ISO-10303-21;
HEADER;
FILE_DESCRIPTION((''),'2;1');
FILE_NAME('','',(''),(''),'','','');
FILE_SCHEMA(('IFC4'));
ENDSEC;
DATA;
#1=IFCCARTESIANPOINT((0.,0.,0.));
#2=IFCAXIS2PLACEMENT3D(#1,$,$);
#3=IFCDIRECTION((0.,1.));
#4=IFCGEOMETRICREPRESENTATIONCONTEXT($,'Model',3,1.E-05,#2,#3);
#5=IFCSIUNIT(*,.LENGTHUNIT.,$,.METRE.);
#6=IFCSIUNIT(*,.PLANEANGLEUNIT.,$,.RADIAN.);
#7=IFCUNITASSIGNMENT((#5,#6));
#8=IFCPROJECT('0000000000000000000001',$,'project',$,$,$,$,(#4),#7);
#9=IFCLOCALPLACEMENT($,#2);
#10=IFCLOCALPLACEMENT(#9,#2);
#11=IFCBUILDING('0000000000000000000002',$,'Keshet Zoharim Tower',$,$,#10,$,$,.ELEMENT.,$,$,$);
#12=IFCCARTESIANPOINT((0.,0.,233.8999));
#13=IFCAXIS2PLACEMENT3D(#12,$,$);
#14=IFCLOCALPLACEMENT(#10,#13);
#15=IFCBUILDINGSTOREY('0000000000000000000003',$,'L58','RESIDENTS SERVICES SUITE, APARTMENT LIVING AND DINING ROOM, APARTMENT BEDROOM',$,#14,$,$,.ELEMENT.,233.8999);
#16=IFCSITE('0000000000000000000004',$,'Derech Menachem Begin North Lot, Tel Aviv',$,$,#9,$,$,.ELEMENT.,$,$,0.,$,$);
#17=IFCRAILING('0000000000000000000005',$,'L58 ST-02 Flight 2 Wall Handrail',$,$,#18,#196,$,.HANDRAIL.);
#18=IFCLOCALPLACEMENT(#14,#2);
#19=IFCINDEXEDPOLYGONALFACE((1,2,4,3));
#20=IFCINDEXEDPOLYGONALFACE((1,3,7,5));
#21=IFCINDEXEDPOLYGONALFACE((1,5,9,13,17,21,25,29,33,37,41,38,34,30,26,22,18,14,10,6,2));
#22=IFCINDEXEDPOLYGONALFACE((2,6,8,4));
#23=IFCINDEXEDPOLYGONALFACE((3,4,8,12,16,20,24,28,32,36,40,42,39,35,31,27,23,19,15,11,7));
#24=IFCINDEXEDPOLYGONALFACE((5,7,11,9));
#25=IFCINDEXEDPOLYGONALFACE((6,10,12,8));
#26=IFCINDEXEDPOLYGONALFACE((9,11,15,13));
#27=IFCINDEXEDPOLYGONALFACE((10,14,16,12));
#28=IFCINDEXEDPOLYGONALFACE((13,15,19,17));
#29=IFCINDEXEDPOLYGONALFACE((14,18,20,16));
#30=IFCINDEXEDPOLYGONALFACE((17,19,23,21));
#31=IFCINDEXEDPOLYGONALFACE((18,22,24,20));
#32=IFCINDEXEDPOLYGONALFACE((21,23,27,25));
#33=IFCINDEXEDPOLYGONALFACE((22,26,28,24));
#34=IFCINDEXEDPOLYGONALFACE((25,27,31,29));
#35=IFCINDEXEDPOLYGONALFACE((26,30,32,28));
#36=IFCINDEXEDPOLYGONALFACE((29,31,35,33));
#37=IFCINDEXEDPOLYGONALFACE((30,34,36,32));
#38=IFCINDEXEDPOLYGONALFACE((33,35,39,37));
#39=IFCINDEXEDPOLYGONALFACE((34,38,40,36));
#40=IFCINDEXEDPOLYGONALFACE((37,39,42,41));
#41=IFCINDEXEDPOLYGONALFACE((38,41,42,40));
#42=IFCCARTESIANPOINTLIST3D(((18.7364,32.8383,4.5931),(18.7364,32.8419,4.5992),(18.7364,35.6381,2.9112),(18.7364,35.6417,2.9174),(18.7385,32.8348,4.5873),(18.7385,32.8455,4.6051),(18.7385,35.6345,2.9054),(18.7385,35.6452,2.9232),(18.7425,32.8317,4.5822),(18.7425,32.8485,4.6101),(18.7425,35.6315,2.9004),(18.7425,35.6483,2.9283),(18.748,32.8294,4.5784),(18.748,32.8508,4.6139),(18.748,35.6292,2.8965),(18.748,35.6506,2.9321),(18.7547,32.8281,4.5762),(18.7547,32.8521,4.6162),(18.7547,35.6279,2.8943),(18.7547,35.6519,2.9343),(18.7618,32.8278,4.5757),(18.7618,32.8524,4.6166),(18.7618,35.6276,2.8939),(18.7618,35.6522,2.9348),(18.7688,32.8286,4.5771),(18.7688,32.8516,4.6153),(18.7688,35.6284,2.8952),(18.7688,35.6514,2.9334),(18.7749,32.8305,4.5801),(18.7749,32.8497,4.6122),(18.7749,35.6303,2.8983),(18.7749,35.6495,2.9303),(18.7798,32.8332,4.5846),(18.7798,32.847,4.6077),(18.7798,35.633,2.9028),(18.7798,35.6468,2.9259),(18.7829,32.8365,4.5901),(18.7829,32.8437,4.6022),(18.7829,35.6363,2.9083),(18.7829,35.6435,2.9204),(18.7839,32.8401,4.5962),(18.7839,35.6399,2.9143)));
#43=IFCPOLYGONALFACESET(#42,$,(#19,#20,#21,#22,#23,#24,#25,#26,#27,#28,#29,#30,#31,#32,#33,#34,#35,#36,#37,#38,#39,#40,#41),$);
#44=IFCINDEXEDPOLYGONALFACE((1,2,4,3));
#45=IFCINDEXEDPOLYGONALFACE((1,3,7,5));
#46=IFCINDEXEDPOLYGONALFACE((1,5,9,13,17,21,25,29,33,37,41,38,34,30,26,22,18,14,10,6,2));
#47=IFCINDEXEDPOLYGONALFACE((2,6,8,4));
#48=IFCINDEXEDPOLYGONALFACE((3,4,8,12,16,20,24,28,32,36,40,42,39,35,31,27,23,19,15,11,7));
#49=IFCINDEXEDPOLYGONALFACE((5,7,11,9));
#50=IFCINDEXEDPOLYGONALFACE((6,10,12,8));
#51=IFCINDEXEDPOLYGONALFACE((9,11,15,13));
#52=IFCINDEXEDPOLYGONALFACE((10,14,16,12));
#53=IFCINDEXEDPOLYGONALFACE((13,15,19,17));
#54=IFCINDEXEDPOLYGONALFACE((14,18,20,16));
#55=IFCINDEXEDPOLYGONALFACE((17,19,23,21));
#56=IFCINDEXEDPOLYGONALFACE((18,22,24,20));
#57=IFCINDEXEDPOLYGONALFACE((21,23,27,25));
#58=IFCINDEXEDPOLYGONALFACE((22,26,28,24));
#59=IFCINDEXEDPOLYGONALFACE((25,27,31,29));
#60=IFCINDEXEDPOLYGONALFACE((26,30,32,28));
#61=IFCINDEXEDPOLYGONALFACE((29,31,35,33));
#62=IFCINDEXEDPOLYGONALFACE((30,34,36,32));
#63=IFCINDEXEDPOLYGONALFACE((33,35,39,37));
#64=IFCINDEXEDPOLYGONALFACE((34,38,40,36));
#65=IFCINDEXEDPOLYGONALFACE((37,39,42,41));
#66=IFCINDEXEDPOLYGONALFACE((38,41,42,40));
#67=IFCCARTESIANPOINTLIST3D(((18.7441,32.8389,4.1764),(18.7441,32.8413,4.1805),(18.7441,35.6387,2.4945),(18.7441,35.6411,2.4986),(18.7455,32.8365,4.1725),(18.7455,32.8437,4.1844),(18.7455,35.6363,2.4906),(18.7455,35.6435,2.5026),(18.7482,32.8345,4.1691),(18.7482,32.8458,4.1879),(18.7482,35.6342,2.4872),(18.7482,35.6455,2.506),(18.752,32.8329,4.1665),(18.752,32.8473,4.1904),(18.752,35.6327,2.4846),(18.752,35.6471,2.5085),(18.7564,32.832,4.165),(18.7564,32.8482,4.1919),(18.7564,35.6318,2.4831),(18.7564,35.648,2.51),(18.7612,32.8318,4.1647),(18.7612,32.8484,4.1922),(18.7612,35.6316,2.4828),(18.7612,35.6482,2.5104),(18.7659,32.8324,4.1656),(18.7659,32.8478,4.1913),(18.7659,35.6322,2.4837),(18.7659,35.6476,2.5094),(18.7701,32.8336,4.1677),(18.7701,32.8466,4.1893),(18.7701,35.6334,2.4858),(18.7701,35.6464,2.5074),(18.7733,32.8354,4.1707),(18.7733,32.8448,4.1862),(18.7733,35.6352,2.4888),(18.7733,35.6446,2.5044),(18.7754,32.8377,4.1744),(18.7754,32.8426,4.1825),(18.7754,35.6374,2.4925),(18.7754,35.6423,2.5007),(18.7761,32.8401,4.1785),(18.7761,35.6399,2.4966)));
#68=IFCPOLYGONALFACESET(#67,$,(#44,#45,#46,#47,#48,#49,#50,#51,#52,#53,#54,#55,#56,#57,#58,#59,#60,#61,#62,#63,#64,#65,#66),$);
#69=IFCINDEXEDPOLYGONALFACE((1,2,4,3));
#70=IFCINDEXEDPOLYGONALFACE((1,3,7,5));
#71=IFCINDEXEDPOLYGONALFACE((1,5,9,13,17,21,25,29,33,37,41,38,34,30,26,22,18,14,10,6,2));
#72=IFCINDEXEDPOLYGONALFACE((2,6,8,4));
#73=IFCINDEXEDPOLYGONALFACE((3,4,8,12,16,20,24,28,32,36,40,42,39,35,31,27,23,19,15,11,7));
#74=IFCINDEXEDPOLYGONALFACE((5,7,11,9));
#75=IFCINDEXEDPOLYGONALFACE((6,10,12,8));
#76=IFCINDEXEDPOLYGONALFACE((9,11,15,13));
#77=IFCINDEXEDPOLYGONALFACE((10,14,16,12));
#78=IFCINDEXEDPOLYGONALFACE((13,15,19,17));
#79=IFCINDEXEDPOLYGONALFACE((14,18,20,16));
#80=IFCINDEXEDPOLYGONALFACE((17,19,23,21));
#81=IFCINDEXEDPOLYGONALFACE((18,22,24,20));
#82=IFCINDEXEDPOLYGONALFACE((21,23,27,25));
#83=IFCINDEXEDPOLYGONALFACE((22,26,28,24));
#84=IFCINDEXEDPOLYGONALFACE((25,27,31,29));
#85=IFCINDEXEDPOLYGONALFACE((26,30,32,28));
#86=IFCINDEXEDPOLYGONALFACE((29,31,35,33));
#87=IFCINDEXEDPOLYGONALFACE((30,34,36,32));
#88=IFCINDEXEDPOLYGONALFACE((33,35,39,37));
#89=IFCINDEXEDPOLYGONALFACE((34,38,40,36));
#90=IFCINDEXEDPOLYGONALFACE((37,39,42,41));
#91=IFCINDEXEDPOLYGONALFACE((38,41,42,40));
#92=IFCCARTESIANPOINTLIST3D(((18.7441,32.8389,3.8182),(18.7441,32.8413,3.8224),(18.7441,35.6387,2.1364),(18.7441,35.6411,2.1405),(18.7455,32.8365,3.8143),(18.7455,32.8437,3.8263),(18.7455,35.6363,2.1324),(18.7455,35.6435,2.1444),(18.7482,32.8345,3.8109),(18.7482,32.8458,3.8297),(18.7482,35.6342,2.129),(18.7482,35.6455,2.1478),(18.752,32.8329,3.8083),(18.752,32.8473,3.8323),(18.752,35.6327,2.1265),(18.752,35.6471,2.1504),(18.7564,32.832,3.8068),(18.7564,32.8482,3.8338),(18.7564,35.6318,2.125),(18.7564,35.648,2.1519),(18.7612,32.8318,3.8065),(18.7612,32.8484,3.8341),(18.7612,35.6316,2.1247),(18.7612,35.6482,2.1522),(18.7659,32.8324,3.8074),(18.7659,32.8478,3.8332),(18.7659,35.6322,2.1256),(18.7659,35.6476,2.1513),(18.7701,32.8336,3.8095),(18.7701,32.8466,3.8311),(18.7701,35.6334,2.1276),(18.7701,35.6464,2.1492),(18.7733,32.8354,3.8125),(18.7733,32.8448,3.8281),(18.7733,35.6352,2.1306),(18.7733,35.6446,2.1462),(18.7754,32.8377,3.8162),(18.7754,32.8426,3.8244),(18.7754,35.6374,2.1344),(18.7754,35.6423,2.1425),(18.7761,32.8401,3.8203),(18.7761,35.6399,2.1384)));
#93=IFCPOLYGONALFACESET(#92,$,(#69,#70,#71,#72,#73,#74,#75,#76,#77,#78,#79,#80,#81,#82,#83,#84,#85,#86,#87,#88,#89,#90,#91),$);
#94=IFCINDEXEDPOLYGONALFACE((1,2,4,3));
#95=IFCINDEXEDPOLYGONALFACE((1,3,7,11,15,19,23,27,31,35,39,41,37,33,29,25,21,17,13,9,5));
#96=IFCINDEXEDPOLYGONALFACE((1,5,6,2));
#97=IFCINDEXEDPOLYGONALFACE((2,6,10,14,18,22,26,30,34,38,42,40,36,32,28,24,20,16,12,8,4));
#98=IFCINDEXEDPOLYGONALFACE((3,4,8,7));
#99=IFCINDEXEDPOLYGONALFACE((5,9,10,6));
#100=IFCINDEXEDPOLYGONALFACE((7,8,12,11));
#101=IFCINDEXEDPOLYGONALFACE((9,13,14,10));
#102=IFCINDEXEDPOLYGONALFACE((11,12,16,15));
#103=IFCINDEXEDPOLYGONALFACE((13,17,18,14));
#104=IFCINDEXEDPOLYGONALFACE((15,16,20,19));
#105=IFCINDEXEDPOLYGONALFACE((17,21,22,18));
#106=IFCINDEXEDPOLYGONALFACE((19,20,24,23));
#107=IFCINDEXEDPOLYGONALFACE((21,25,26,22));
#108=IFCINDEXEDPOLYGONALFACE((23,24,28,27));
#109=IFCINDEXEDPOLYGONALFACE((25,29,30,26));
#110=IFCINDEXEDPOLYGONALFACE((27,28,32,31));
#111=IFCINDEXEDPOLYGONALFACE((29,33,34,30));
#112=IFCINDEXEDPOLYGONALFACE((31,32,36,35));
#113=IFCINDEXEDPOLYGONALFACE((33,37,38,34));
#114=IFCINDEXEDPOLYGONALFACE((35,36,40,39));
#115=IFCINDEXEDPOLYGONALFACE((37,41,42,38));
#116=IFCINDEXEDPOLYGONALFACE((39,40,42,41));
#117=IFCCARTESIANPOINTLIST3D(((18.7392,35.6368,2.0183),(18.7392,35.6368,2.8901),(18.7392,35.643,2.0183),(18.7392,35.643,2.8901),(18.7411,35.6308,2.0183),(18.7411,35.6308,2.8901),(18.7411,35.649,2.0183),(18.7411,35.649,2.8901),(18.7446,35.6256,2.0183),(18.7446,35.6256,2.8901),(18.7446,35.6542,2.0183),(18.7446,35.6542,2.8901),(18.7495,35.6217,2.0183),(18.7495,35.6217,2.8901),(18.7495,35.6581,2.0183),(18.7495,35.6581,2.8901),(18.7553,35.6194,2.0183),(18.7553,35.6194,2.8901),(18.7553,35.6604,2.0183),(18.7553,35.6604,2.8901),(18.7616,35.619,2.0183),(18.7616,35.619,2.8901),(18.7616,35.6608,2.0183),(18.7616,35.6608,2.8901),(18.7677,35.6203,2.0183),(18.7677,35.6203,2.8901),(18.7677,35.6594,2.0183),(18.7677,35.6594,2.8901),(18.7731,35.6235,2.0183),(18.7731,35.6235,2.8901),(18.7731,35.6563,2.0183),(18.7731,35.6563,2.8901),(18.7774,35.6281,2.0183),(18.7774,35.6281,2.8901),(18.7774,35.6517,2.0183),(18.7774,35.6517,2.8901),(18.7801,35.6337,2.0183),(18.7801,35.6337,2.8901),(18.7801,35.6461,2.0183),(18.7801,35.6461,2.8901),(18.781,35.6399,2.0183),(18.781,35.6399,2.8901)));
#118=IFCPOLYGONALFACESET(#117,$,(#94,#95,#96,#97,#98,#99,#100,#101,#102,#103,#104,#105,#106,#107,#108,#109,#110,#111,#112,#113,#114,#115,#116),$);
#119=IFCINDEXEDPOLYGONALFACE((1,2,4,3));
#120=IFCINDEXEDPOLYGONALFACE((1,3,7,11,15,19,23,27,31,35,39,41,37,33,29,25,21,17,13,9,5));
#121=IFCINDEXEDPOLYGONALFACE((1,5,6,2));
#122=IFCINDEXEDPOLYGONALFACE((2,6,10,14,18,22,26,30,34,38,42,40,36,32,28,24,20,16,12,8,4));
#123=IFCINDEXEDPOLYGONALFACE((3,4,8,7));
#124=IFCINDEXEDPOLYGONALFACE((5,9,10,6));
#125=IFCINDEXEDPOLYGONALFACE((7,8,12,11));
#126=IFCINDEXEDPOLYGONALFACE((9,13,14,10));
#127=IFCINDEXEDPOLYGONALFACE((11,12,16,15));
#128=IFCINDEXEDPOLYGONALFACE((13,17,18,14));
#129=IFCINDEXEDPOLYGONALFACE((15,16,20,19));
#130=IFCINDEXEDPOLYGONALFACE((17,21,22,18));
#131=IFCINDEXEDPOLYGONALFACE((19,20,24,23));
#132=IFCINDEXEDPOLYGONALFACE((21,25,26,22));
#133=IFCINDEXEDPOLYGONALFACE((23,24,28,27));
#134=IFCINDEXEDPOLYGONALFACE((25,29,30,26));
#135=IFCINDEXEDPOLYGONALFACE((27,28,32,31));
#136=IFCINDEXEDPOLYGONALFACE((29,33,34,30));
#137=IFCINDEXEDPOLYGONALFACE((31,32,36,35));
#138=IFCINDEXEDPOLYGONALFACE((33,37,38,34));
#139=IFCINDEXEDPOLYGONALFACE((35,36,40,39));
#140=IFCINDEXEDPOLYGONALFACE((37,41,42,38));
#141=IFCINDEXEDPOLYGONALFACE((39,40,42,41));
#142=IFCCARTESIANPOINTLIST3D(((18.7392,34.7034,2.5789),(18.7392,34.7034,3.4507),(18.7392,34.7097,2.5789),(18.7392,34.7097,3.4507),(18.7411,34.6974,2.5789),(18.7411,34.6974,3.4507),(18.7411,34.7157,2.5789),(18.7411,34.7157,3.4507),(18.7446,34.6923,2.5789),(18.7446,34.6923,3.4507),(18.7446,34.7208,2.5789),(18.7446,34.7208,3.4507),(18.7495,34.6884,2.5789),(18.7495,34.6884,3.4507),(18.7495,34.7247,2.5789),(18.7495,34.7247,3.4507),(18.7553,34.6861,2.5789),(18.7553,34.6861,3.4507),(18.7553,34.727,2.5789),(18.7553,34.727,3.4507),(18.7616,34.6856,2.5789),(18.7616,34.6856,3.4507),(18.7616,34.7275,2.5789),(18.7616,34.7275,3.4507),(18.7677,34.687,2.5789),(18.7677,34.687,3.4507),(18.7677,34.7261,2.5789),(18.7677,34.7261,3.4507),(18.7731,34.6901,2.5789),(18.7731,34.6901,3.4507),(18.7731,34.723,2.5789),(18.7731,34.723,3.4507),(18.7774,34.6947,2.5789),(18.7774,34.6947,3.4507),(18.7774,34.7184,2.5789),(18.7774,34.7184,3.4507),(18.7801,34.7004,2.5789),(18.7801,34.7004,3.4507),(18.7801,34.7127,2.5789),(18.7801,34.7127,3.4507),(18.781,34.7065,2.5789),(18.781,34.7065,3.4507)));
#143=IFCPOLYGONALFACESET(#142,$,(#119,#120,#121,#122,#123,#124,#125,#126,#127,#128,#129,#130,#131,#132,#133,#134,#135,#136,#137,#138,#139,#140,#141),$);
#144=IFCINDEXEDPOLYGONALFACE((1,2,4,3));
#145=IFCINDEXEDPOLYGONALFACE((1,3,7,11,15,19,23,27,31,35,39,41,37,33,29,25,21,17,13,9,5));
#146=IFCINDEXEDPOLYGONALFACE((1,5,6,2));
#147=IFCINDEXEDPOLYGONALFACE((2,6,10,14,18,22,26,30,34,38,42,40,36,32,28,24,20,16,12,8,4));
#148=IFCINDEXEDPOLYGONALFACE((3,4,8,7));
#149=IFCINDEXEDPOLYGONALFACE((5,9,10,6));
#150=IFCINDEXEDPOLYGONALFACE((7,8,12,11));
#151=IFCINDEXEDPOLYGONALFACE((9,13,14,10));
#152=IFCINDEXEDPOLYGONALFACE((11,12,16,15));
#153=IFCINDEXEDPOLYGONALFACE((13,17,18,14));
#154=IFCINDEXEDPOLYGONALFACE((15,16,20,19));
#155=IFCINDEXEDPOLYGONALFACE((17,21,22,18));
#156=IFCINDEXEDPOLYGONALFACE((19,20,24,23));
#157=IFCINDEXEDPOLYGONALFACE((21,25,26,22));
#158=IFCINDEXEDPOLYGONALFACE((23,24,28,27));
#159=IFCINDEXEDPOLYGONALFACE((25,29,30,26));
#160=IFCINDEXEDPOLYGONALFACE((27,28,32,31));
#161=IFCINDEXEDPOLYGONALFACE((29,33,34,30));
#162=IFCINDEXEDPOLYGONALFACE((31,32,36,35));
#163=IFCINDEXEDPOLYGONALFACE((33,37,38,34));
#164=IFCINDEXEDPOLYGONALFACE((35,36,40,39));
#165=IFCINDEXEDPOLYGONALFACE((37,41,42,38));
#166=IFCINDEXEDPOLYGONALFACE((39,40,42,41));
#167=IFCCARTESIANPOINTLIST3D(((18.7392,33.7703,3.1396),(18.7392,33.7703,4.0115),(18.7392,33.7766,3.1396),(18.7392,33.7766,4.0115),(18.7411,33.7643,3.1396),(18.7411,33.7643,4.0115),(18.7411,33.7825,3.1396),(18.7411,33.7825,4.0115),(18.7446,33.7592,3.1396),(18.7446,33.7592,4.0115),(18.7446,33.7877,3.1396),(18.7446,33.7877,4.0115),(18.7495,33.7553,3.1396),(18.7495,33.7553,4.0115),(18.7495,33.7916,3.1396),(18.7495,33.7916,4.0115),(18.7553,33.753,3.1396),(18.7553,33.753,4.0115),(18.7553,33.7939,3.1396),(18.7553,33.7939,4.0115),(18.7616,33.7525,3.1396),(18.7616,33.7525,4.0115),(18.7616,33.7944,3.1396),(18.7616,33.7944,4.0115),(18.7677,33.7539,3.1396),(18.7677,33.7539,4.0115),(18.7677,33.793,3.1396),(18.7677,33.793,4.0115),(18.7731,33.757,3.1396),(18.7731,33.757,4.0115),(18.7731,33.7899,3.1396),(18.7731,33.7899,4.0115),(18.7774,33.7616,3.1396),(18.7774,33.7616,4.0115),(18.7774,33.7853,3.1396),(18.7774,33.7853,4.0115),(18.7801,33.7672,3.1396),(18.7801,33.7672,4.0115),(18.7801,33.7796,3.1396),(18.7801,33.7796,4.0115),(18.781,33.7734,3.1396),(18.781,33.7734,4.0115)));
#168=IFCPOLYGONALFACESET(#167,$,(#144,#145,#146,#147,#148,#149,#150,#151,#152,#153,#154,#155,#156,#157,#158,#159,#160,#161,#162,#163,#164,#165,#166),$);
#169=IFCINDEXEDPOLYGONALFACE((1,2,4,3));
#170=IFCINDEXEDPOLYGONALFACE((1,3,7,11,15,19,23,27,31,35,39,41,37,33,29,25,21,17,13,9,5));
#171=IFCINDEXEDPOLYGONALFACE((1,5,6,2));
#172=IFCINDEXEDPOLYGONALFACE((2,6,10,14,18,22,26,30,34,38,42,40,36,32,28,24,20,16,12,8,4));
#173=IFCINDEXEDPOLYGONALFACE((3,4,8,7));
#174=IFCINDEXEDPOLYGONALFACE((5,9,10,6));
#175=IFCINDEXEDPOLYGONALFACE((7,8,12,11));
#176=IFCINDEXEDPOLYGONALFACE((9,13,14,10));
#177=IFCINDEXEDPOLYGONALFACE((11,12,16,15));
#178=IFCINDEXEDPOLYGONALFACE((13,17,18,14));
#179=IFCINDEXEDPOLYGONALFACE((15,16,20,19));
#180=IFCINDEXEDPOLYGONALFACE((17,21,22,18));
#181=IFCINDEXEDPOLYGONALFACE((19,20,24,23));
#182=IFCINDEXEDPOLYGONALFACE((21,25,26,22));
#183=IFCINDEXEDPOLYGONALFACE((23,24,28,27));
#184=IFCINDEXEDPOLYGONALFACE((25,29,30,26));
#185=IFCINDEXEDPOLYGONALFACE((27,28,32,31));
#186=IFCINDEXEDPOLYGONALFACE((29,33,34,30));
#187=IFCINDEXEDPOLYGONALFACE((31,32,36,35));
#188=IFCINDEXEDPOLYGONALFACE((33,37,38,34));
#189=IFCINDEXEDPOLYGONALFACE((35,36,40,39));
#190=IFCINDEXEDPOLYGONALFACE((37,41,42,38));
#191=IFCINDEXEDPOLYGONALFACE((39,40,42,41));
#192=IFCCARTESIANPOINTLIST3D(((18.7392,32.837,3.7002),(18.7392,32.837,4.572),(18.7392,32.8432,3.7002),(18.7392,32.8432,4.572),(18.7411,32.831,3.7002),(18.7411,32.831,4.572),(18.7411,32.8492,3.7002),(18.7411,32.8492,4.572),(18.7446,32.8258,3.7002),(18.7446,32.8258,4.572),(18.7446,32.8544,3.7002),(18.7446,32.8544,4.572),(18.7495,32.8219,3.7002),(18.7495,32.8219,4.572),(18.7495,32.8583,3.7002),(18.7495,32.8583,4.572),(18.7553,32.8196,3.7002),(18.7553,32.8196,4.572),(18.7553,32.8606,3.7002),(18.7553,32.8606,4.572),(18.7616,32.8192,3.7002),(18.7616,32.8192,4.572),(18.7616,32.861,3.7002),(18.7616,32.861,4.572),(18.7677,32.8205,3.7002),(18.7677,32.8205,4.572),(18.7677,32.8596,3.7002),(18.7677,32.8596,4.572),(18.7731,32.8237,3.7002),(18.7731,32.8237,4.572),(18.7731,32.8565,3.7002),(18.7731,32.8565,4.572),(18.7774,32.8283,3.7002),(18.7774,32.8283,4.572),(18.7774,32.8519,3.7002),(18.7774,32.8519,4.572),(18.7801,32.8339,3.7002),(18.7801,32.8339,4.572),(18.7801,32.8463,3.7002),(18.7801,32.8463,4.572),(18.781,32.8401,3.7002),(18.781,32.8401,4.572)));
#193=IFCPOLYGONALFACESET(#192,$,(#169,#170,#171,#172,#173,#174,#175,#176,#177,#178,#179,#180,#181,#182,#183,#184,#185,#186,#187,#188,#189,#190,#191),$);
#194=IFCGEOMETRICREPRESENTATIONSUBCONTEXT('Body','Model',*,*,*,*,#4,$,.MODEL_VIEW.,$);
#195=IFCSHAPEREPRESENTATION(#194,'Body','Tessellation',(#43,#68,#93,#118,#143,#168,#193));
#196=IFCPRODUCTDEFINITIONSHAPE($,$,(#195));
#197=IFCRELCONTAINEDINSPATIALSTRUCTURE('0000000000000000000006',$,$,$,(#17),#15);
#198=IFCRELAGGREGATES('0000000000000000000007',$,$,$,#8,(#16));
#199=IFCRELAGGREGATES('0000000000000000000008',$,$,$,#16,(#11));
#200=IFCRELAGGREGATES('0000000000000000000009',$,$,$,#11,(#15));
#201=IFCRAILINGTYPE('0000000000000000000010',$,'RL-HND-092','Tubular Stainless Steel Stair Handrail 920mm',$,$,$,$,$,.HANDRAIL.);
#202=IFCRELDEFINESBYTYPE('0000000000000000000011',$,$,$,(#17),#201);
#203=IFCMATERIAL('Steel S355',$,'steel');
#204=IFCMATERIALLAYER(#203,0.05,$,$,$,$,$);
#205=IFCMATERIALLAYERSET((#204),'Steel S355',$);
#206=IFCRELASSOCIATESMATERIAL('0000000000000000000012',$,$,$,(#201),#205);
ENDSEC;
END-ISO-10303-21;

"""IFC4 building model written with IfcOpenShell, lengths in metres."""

from ifc_helpers import new_model, si_unit, direction, frame, origin, origin_2d, place, context, subcontext, project, spatial, circle, extrude, material, layer, layer_set, type_object, element, save


model = new_model("IFC4")

# Units and contexts
model_context = context("Model", 3, precision=1e-05, world=origin(), true_north=direction((0.0, 1.0)))
body_context = subcontext(model_context, "Body", "Model", "MODEL_VIEW")
ifc_project = project(units=[si_unit("LENGTHUNIT", "METRE"), si_unit("PLANEANGLEUNIT", "RADIAN")], contexts=[model_context])

# Site, building, storey
site_placement = place(None, origin())
site = spatial("IfcSite", under=ifc_project, at=site_placement, Name="Derech Menachem Begin North Lot, Tel Aviv", CompositionType="ELEMENT", RefElevation=0.0)
building_placement = place(site_placement, origin())
building = spatial("IfcBuilding", under=site, at=building_placement, Name="Keshet Zoharim Tower", CompositionType="ELEMENT")
storey_placement = place(building_placement, frame((0.0, 0.0, 233.8999)))
storey = spatial("IfcBuildingStorey", under=building, at=storey_placement, Name="L58", Description="RESIDENTS SERVICES SUITE, APARTMENT LIVING AND DINING ROOM, APARTMENT BEDROOM", CompositionType="ELEMENT", Elevation=233.8999)

# Shared definitions
ifc_material_1 = material(Name="Steel S355", Category="steel")

# Railing
ifc_layer_1 = layer(ifc_material_1, 0.05)
ifc_layer_set_1 = layer_set([ifc_layer_1], Name="Steel S355")
railing_type = type_object("IfcRailingType", Name="RL-HND-092", Description="Tubular Stainless Steel Stair Handrail 920mm", PredefinedType="HANDRAIL", material=ifc_layer_set_1)
railing_placement = place(storey_placement, frame((18.76, 35.6399, 2.0183)))
element("IfcRailing", 1, at=railing_placement, inside=storey, type_object=railing_type, Name="L58 ST-02 Flight 2 Wall Handrail", PredefinedType="HANDRAIL", context=body_context, shape_type="SweptSolid", body=[
    extrude(circle(Radius=0.0239, at=origin_2d()), frame((0.0, 0.0, 0.896), z_axis=(0.0, -0.857222, 0.514946), x_axis=(1.0, 0.0, 0.0)), (0.0, 0.0, 1.0), 3.2661),
    extrude(circle(Radius=0.0161, at=origin_2d()), frame((0.0, 0.0, 0.4783), z_axis=(0.0, -0.857222, 0.514946), x_axis=(1.0, 0.0, 0.0)), (0.0, 0.0, 1.0), 3.2661),
    extrude(circle(Radius=0.0161, at=origin_2d()), frame((0.0, 0.0, 0.1201), z_axis=(0.0, -0.857222, 0.514946), x_axis=(1.0, 0.0, 0.0)), (0.0, 0.0, 1.0), 3.2661),
    extrude(circle(Radius=0.021, at=origin_2d()), origin(), (0.0, 0.0, 1.0), 0.8718),
    extrude(circle(Radius=0.021, at=origin_2d()), frame((0.0, -0.9333, 0.5605)), (0.0, 0.0, 1.0), 0.8718),
    extrude(circle(Radius=0.021, at=origin_2d()), frame((0.0, -1.8665, 1.1213)), (0.0, 0.0, 1.0), 0.8718),
    extrude(circle(Radius=0.021, at=origin_2d()), frame((0.0, -2.7998, 1.6819)), (0.0, 0.0, 1.0), 0.8718),
])

save(model, "model.ifc")
